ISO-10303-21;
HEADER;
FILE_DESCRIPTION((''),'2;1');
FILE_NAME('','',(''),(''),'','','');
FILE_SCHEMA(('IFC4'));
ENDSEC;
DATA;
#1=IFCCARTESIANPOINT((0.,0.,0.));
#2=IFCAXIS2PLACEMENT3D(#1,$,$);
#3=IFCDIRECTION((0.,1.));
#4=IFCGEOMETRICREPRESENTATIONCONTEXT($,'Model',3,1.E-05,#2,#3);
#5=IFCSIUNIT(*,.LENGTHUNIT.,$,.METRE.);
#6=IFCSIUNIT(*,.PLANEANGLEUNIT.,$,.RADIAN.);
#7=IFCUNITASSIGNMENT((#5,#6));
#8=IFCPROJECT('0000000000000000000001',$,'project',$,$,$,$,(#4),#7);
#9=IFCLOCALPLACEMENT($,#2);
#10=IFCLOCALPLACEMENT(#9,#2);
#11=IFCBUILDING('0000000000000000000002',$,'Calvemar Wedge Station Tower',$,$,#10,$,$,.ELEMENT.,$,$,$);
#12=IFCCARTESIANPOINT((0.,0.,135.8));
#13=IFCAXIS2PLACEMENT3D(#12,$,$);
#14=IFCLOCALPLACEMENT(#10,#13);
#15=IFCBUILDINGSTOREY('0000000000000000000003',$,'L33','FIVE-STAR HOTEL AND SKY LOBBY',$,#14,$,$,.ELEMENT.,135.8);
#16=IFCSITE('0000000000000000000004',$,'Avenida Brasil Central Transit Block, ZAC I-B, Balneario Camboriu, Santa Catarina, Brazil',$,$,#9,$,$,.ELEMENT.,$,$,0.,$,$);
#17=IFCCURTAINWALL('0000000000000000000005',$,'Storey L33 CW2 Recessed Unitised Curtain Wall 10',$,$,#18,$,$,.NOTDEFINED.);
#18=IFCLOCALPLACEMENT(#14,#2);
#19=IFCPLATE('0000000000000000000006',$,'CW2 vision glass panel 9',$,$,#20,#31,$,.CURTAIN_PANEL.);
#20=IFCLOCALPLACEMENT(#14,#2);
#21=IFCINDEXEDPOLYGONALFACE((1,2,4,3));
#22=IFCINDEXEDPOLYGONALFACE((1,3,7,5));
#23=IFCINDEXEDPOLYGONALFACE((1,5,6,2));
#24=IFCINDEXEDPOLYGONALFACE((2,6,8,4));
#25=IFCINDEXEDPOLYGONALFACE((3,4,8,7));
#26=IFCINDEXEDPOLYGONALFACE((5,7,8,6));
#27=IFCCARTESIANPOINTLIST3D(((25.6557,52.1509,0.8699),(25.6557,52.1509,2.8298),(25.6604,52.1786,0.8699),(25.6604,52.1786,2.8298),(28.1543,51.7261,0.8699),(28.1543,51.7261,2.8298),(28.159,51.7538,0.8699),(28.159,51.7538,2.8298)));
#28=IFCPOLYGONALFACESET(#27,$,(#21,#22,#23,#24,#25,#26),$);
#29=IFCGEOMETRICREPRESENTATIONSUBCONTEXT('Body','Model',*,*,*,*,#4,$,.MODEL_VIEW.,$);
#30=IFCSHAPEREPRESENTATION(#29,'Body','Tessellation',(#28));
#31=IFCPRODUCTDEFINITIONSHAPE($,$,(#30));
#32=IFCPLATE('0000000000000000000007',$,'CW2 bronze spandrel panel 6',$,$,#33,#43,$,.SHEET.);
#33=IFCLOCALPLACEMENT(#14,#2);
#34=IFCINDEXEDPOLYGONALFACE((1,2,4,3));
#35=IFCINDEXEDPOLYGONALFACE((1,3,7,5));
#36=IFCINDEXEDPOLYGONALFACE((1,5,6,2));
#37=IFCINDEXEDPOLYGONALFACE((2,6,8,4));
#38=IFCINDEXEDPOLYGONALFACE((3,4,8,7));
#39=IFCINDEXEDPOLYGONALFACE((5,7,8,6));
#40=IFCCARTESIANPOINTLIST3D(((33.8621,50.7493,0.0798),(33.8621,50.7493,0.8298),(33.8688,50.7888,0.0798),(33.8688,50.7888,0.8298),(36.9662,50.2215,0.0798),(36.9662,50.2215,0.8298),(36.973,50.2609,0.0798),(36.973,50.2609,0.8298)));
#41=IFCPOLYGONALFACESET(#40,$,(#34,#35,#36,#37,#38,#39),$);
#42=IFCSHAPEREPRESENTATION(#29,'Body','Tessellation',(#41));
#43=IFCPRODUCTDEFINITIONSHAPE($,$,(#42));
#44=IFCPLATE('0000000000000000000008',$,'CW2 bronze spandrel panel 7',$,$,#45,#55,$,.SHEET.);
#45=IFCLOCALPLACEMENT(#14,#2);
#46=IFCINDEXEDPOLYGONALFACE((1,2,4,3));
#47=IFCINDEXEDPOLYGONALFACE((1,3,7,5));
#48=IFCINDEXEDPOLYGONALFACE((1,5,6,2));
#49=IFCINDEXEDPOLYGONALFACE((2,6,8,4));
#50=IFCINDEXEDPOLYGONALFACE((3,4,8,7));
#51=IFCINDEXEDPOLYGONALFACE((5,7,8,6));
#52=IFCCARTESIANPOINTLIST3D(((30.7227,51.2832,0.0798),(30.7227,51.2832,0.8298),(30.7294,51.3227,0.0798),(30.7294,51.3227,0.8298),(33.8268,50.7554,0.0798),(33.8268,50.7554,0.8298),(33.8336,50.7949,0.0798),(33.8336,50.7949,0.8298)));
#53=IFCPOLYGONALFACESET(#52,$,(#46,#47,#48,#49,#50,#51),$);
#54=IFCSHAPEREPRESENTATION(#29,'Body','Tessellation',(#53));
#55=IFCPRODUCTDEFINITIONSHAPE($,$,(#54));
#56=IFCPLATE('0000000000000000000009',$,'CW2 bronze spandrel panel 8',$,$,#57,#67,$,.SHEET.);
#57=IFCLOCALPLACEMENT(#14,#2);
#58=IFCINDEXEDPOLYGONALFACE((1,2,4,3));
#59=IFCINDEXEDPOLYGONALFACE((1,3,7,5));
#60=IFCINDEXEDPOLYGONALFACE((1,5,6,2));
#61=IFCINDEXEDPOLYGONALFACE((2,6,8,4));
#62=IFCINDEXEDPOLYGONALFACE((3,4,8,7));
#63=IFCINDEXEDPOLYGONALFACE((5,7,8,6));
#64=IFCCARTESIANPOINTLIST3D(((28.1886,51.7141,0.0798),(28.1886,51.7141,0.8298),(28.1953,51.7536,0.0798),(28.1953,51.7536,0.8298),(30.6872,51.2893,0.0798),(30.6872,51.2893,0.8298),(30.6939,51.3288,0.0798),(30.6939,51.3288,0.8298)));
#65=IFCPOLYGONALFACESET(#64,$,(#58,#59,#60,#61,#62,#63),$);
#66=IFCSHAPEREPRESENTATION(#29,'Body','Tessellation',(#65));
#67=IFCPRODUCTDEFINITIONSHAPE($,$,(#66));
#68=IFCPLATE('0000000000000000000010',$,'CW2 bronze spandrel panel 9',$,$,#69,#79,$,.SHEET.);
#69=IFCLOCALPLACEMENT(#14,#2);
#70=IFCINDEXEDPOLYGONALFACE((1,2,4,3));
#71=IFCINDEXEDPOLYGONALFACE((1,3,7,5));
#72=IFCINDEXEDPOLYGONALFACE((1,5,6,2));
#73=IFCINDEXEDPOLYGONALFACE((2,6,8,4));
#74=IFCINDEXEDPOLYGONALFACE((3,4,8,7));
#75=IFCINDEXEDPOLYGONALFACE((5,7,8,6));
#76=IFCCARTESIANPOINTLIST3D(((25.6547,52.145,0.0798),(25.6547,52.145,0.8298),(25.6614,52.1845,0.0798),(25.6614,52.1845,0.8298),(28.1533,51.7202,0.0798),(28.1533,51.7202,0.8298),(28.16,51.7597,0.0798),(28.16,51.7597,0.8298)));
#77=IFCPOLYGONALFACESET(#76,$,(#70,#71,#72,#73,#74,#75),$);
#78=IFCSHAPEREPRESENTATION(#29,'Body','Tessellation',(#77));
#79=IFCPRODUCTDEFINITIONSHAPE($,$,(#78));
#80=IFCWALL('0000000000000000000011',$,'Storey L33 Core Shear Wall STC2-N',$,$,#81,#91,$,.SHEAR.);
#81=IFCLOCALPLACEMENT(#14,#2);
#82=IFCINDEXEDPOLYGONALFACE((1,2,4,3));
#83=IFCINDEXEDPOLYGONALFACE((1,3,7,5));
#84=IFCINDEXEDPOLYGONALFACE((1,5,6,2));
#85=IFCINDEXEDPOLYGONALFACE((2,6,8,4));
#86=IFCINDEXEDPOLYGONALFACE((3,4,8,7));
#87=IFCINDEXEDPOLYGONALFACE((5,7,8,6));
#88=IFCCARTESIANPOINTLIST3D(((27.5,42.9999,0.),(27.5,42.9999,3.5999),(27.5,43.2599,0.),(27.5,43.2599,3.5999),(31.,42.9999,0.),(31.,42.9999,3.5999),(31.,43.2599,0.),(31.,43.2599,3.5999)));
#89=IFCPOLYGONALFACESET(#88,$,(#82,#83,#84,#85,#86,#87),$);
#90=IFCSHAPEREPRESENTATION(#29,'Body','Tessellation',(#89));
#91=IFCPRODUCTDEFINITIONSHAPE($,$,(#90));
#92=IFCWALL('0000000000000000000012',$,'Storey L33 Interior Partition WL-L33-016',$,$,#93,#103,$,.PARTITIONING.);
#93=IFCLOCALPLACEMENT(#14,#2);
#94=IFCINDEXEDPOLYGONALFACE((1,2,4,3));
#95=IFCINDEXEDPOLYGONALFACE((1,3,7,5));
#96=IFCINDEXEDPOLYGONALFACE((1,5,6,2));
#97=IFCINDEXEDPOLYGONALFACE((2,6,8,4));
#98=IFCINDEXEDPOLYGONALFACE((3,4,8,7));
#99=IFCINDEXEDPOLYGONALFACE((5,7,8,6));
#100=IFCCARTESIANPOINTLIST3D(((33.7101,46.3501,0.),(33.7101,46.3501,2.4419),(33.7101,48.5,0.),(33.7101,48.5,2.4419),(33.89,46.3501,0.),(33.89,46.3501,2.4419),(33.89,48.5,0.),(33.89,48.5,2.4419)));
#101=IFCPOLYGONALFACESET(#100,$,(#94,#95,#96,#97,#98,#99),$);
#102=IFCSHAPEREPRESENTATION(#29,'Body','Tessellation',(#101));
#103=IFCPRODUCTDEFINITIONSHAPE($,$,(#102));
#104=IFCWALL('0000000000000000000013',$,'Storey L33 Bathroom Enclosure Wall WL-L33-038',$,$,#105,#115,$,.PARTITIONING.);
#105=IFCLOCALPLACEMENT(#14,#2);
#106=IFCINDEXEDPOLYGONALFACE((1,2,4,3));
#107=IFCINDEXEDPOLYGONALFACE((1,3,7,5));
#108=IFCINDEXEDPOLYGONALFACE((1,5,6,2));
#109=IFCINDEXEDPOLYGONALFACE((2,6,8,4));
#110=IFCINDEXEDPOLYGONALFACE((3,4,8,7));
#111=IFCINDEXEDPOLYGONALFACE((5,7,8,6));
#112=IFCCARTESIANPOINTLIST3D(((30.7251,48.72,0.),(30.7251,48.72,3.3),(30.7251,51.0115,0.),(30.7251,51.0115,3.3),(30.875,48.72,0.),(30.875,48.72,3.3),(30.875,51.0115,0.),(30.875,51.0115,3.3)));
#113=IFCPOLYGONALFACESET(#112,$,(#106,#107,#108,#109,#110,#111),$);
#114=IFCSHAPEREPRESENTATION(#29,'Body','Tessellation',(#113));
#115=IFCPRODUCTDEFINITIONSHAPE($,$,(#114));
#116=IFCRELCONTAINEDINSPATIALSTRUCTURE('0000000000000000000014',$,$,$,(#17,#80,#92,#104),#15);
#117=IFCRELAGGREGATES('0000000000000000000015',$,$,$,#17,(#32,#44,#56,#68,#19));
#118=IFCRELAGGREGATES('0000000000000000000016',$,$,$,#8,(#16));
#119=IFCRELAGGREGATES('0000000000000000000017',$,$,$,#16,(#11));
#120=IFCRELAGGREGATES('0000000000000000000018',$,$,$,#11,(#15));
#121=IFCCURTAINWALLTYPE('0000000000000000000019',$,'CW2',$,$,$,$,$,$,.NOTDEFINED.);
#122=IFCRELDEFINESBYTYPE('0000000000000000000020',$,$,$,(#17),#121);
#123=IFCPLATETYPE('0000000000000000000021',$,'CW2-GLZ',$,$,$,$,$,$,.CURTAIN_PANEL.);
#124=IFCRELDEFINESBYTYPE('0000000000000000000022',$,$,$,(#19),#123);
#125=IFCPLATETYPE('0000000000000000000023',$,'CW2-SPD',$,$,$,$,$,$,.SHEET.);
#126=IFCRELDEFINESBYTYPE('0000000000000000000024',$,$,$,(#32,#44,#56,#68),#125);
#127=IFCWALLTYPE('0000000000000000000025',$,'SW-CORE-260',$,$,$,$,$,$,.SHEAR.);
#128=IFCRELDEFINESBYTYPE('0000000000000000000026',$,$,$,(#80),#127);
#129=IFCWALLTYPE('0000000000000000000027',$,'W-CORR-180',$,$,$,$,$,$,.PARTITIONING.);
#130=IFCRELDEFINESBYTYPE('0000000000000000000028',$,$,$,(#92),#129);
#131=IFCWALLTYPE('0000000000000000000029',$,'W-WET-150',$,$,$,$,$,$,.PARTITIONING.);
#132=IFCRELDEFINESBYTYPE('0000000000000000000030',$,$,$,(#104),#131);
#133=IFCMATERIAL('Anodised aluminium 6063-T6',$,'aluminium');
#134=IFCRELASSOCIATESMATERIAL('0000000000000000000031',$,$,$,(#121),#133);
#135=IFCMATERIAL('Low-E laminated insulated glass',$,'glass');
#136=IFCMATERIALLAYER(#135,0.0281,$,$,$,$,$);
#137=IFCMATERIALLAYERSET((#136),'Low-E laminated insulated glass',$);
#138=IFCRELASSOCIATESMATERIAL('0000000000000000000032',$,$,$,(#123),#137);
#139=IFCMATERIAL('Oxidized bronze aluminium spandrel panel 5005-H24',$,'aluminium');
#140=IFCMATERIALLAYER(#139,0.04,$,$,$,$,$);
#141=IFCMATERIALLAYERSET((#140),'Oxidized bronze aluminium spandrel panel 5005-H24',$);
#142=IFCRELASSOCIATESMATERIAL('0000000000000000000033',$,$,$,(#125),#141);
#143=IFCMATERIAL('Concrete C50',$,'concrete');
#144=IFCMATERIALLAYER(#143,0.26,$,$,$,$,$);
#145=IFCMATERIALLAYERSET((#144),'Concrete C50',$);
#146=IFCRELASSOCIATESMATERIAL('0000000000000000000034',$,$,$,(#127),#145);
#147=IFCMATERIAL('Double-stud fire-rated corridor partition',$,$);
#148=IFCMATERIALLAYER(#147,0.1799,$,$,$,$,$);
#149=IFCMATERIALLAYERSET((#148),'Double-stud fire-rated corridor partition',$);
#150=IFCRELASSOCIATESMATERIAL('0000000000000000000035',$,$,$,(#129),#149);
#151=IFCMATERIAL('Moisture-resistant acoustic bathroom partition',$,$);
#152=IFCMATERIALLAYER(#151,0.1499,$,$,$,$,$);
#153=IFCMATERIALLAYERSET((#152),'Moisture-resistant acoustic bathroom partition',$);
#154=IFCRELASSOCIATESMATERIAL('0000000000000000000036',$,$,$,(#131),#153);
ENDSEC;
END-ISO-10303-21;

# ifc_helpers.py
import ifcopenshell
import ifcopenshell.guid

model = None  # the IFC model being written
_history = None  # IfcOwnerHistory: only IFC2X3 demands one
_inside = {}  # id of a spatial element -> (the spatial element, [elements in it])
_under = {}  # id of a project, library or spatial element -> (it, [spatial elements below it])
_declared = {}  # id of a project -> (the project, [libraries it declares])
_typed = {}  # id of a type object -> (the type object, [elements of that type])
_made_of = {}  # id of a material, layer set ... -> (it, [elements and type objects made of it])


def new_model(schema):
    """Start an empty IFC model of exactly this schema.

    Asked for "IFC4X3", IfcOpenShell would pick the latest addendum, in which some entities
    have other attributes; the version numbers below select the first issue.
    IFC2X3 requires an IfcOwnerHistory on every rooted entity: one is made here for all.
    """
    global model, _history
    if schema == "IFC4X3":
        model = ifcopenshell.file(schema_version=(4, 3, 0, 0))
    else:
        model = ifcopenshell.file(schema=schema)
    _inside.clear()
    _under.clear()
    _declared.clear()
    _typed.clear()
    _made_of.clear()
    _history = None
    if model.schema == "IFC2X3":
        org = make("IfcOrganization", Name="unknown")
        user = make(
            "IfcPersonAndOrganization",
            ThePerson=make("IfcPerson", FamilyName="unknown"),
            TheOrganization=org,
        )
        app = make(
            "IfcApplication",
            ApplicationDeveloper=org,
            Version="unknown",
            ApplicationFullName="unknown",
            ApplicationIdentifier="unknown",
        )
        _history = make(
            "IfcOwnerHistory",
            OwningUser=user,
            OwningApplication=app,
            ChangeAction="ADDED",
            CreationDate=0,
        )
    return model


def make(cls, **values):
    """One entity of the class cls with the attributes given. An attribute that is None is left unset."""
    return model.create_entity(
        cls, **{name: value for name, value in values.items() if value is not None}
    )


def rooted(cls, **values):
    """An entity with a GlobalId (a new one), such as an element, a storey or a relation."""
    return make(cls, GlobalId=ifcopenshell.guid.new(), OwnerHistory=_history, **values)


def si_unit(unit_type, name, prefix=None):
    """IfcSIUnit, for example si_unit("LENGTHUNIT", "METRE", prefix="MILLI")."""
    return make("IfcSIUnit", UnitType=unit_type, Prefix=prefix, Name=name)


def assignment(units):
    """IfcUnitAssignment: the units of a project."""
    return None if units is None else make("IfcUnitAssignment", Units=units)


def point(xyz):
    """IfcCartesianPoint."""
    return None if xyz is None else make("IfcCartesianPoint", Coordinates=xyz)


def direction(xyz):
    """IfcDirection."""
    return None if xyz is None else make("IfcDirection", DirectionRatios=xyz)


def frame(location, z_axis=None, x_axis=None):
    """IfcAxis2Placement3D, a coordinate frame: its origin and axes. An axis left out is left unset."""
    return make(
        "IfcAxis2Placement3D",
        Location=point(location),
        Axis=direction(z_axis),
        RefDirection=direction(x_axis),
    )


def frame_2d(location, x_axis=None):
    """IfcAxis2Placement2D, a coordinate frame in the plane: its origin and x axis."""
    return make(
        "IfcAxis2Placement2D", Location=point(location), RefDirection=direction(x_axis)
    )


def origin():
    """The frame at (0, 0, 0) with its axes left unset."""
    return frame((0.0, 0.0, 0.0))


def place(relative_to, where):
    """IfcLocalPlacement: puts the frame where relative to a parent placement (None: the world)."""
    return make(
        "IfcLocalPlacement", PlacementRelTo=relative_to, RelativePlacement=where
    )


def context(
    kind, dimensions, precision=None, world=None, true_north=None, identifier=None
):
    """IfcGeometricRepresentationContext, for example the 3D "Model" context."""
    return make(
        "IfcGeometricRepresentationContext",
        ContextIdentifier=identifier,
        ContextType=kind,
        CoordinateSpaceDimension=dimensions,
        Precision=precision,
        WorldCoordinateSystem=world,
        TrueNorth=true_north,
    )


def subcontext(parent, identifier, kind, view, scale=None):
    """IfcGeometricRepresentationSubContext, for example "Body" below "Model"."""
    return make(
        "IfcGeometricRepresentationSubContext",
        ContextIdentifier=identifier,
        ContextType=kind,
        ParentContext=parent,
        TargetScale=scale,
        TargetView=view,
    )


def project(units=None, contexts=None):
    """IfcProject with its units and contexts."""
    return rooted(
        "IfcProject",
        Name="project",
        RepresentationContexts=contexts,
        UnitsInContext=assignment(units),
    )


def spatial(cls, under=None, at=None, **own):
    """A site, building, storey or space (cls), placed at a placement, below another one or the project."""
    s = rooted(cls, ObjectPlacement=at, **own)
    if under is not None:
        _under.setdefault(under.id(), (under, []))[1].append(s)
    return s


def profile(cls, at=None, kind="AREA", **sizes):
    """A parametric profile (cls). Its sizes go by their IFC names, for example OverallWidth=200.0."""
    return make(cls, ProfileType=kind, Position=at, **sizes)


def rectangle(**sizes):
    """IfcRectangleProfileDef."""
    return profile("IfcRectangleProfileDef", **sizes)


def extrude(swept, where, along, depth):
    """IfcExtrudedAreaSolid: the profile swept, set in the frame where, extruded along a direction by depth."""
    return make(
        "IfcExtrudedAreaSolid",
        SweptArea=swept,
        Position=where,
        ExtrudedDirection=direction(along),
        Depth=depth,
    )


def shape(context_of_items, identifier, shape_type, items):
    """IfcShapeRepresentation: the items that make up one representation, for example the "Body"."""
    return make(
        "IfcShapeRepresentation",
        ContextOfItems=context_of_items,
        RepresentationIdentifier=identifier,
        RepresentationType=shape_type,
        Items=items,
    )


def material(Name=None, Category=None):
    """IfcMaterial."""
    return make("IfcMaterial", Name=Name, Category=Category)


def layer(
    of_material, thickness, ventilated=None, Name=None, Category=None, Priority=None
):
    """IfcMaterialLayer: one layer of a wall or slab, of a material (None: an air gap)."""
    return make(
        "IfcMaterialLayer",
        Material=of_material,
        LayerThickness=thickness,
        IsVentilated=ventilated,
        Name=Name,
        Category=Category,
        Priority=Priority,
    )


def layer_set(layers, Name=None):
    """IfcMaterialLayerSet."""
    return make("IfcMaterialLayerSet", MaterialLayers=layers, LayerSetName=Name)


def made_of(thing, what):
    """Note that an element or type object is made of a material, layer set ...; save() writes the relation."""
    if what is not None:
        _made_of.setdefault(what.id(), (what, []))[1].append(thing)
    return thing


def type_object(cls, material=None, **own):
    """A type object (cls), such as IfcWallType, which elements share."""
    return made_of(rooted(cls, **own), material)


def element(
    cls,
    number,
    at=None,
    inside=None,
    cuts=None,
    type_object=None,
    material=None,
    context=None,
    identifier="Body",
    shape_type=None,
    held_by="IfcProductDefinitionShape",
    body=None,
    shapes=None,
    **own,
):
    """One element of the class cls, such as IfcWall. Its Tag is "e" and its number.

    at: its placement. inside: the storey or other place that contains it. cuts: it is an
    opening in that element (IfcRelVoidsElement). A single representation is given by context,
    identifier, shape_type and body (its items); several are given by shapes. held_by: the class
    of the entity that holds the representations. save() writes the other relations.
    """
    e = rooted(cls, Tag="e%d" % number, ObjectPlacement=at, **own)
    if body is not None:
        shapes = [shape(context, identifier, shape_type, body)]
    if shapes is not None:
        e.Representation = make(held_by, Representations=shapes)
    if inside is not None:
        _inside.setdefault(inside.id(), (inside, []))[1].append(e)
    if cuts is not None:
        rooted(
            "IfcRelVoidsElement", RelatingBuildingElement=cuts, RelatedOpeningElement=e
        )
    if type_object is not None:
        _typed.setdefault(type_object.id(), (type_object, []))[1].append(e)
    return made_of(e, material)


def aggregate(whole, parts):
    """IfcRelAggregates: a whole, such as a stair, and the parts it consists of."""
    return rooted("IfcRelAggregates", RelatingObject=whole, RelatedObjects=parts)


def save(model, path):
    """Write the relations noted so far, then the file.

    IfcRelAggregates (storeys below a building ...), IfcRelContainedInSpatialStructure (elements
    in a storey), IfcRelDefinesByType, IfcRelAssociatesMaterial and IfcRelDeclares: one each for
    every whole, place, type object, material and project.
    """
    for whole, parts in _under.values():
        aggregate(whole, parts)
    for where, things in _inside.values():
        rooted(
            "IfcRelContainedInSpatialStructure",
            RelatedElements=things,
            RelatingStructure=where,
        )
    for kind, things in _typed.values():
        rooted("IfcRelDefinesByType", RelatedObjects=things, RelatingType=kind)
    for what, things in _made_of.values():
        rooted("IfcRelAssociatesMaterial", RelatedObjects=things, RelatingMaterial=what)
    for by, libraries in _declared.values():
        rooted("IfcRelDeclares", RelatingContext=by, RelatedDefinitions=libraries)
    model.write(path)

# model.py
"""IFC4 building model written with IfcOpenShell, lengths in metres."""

from ifc_helpers import new_model, si_unit, direction, frame, frame_2d, origin, place, context, subcontext, project, spatial, rectangle, extrude, material, layer, layer_set, type_object, element, aggregate, save


model = new_model("IFC4")

# Units and contexts
model_context = context("Model", 3, precision=1e-05, world=origin(), true_north=direction((0.0, 1.0)))
body_context = subcontext(model_context, "Body", "Model", "MODEL_VIEW")
ifc_project = project(units=[si_unit("LENGTHUNIT", "METRE"), si_unit("PLANEANGLEUNIT", "RADIAN")], contexts=[model_context])

# Site, building, storey
site_placement = place(None, origin())
site = spatial("IfcSite", under=ifc_project, at=site_placement, Name="Avenida Brasil Central Transit Block, ZAC I-B, Balneario Camboriu, Santa Catarina, Brazil", CompositionType="ELEMENT", RefElevation=0.0)
building_placement = place(site_placement, origin())
building = spatial("IfcBuilding", under=site, at=building_placement, Name="Calvemar Wedge Station Tower", CompositionType="ELEMENT")
storey_placement = place(building_placement, frame((0.0, 0.0, 135.8)))
storey = spatial("IfcBuildingStorey", under=building, at=storey_placement, Name="L33", Description="FIVE-STAR HOTEL AND SKY LOBBY", CompositionType="ELEMENT", Elevation=135.8)

# Shared definitions
ifc_material_1 = material(Name="Concrete C50", Category="concrete")

# Curtain wall, plates
ifc_material_2 = material(Name="Anodised aluminium 6063-T6", Category="aluminium")
curtain_wall_type = type_object("IfcCurtainWallType", Name="CW2", PredefinedType="NOTDEFINED", material=ifc_material_2)
curtain_wall_placement = place(storey_placement, origin())
curtain_wall = element("IfcCurtainWall", 1, at=curtain_wall_placement, inside=storey, type_object=curtain_wall_type, Name="Storey L33 CW2 Recessed Unitised Curtain Wall 10", PredefinedType="NOTDEFINED")
ifc_material_3 = material(Name="Low-E laminated insulated glass", Category="glass")
ifc_layer_1 = layer(ifc_material_3, 0.0281)
ifc_layer_set_1 = layer_set([ifc_layer_1], Name="Low-E laminated insulated glass")
plate_type_1 = type_object("IfcPlateType", Name="CW2-GLZ", PredefinedType="CURTAIN_PANEL", material=ifc_layer_set_1)
plate_1_placement = place(storey_placement, frame((28.1565, 51.74, 0.8699), z_axis=(0.0, 0.0, 1.0), x_axis=(-0.985852, 0.167616, 0.0)))
plate_1 = element("IfcPlate", 2, at=plate_1_placement, type_object=plate_type_1, Name="CW2 vision glass panel 9", PredefinedType="CURTAIN_PANEL", context=body_context, shape_type="SweptSolid", body=[
    extrude(rectangle(XDim=2.5344, YDim=0.0281, at=frame_2d((1.2671, 0.0))), origin(), (0.0, 0.0, 1.0), 1.96),
])
ifc_material_4 = material(Name="Oxidized bronze aluminium spandrel panel 5005-H24", Category="aluminium")
ifc_layer_2 = layer(ifc_material_4, 0.04)
ifc_layer_set_2 = layer_set([ifc_layer_2], Name="Oxidized bronze aluminium spandrel panel 5005-H24")
plate_type_2 = type_object("IfcPlateType", Name="CW2-SPD", PredefinedType="SHEET", material=ifc_layer_set_2)
plate_2_placement = place(storey_placement, frame((36.9695, 50.2412, 0.0798), z_axis=(0.0, 0.0, 1.0), x_axis=(-0.985848, 0.167642, 0.0)))
plate_2 = element("IfcPlate", 3, at=plate_2_placement, type_object=plate_type_2, Name="CW2 bronze spandrel panel 6", PredefinedType="SHEET", context=body_context, shape_type="SweptSolid", body=[
    extrude(rectangle(XDim=3.1487, YDim=0.04, at=frame_2d((1.5742, 0.0))), origin(), (0.0, 0.0, 1.0), 0.75),
])
plate_3_placement = place(storey_placement, frame((33.8301, 50.7751, 0.0798), z_axis=(0.0, 0.0, 1.0), x_axis=(-0.98585, 0.167629, 0.0)))
plate_3 = element("IfcPlate", 4, at=plate_3_placement, type_object=plate_type_2, Name="CW2 bronze spandrel panel 7", PredefinedType="SHEET", context=body_context, shape_type="SweptSolid", body=[
    extrude(rectangle(XDim=3.1487, YDim=0.04, at=frame_2d((1.5742, 0.0))), origin(), (0.0, 0.0, 1.0), 0.75),
])
plate_4_placement = place(storey_placement, frame((30.6904, 51.3091, 0.0798), z_axis=(0.0, 0.0, 1.0), x_axis=(-0.985852, 0.167616, 0.0)))
plate_4 = element("IfcPlate", 5, at=plate_4_placement, type_object=plate_type_2, Name="CW2 bronze spandrel panel 8", PredefinedType="SHEET", context=body_context, shape_type="SweptSolid", body=[
    extrude(rectangle(XDim=2.5344, YDim=0.04, at=frame_2d((1.2671, 0.0))), origin(), (0.0, 0.0, 1.0), 0.75),
])
plate_5_placement = place(storey_placement, frame((28.1565, 51.74, 0.0798), z_axis=(0.0, 0.0, 1.0), x_axis=(-0.985852, 0.167616, 0.0)))
plate_5 = element("IfcPlate", 6, at=plate_5_placement, type_object=plate_type_2, Name="CW2 bronze spandrel panel 9", PredefinedType="SHEET", context=body_context, shape_type="SweptSolid", body=[
    extrude(rectangle(XDim=2.5344, YDim=0.04, at=frame_2d((1.2671, 0.0))), origin(), (0.0, 0.0, 1.0), 0.75),
])
aggregate(curtain_wall, [plate_2, plate_3, plate_4, plate_5, plate_1])

# Walls
ifc_layer_3 = layer(ifc_material_1, 0.26)
ifc_layer_set_3 = layer_set([ifc_layer_3], Name="Concrete C50")
wall_type_1 = type_object("IfcWallType", Name="SW-CORE-260", PredefinedType="SHEAR", material=ifc_layer_set_3)
wall_1_placement = place(storey_placement, frame((27.5, 43.1299, 0.0), z_axis=(0.0, 0.0, 1.0), x_axis=(1.0, 0.0, 0.0)))
element("IfcWall", 7, at=wall_1_placement, inside=storey, type_object=wall_type_1, Name="Storey L33 Core Shear Wall STC2-N", PredefinedType="SHEAR", context=body_context, shape_type="SweptSolid", body=[
    extrude(rectangle(XDim=3.5, YDim=0.26, at=frame_2d((1.75, 0.0))), origin(), (0.0, 0.0, 1.0), 3.5999),
])
ifc_material_5 = material(Name="Double-stud fire-rated corridor partition")
ifc_layer_4 = layer(ifc_material_5, 0.1799)
ifc_layer_set_4 = layer_set([ifc_layer_4], Name="Double-stud fire-rated corridor partition")
wall_type_2 = type_object("IfcWallType", Name="W-CORR-180", PredefinedType="PARTITIONING", material=ifc_layer_set_4)
wall_2_placement = place(storey_placement, frame((33.8, 48.5, 0.0), z_axis=(0.0, 0.0, 1.0), x_axis=(0.0, -1.0, 0.0)))
element("IfcWall", 8, at=wall_2_placement, inside=storey, type_object=wall_type_2, Name="Storey L33 Interior Partition WL-L33-016", PredefinedType="PARTITIONING", context=body_context, shape_type="SweptSolid", body=[
    extrude(rectangle(XDim=2.1499, YDim=0.1799, at=frame_2d((1.075, 0.0))), origin(), (0.0, 0.0, 1.0), 2.4419),
])

# Wall
ifc_material_6 = material(Name="Moisture-resistant acoustic bathroom partition")
ifc_layer_5 = layer(ifc_material_6, 0.1499)
ifc_layer_set_5 = layer_set([ifc_layer_5], Name="Moisture-resistant acoustic bathroom partition")
wall_type_3 = type_object("IfcWallType", Name="W-WET-150", PredefinedType="PARTITIONING", material=ifc_layer_set_5)
wall_3_placement = place(storey_placement, frame((30.8, 51.0115, 0.0), z_axis=(0.0, 0.0, 1.0), x_axis=(0.0, -1.0, 0.0)))
element("IfcWall", 9, at=wall_3_placement, inside=storey, type_object=wall_type_3, Name="Storey L33 Bathroom Enclosure Wall WL-L33-038", PredefinedType="PARTITIONING", context=body_context, shape_type="SweptSolid", body=[
    extrude(rectangle(XDim=2.2915, YDim=0.1499, at=frame_2d((1.1458, 0.0))), origin(), (0.0, 0.0, 1.0), 3.3),
])

save(model, "model.ifc")
